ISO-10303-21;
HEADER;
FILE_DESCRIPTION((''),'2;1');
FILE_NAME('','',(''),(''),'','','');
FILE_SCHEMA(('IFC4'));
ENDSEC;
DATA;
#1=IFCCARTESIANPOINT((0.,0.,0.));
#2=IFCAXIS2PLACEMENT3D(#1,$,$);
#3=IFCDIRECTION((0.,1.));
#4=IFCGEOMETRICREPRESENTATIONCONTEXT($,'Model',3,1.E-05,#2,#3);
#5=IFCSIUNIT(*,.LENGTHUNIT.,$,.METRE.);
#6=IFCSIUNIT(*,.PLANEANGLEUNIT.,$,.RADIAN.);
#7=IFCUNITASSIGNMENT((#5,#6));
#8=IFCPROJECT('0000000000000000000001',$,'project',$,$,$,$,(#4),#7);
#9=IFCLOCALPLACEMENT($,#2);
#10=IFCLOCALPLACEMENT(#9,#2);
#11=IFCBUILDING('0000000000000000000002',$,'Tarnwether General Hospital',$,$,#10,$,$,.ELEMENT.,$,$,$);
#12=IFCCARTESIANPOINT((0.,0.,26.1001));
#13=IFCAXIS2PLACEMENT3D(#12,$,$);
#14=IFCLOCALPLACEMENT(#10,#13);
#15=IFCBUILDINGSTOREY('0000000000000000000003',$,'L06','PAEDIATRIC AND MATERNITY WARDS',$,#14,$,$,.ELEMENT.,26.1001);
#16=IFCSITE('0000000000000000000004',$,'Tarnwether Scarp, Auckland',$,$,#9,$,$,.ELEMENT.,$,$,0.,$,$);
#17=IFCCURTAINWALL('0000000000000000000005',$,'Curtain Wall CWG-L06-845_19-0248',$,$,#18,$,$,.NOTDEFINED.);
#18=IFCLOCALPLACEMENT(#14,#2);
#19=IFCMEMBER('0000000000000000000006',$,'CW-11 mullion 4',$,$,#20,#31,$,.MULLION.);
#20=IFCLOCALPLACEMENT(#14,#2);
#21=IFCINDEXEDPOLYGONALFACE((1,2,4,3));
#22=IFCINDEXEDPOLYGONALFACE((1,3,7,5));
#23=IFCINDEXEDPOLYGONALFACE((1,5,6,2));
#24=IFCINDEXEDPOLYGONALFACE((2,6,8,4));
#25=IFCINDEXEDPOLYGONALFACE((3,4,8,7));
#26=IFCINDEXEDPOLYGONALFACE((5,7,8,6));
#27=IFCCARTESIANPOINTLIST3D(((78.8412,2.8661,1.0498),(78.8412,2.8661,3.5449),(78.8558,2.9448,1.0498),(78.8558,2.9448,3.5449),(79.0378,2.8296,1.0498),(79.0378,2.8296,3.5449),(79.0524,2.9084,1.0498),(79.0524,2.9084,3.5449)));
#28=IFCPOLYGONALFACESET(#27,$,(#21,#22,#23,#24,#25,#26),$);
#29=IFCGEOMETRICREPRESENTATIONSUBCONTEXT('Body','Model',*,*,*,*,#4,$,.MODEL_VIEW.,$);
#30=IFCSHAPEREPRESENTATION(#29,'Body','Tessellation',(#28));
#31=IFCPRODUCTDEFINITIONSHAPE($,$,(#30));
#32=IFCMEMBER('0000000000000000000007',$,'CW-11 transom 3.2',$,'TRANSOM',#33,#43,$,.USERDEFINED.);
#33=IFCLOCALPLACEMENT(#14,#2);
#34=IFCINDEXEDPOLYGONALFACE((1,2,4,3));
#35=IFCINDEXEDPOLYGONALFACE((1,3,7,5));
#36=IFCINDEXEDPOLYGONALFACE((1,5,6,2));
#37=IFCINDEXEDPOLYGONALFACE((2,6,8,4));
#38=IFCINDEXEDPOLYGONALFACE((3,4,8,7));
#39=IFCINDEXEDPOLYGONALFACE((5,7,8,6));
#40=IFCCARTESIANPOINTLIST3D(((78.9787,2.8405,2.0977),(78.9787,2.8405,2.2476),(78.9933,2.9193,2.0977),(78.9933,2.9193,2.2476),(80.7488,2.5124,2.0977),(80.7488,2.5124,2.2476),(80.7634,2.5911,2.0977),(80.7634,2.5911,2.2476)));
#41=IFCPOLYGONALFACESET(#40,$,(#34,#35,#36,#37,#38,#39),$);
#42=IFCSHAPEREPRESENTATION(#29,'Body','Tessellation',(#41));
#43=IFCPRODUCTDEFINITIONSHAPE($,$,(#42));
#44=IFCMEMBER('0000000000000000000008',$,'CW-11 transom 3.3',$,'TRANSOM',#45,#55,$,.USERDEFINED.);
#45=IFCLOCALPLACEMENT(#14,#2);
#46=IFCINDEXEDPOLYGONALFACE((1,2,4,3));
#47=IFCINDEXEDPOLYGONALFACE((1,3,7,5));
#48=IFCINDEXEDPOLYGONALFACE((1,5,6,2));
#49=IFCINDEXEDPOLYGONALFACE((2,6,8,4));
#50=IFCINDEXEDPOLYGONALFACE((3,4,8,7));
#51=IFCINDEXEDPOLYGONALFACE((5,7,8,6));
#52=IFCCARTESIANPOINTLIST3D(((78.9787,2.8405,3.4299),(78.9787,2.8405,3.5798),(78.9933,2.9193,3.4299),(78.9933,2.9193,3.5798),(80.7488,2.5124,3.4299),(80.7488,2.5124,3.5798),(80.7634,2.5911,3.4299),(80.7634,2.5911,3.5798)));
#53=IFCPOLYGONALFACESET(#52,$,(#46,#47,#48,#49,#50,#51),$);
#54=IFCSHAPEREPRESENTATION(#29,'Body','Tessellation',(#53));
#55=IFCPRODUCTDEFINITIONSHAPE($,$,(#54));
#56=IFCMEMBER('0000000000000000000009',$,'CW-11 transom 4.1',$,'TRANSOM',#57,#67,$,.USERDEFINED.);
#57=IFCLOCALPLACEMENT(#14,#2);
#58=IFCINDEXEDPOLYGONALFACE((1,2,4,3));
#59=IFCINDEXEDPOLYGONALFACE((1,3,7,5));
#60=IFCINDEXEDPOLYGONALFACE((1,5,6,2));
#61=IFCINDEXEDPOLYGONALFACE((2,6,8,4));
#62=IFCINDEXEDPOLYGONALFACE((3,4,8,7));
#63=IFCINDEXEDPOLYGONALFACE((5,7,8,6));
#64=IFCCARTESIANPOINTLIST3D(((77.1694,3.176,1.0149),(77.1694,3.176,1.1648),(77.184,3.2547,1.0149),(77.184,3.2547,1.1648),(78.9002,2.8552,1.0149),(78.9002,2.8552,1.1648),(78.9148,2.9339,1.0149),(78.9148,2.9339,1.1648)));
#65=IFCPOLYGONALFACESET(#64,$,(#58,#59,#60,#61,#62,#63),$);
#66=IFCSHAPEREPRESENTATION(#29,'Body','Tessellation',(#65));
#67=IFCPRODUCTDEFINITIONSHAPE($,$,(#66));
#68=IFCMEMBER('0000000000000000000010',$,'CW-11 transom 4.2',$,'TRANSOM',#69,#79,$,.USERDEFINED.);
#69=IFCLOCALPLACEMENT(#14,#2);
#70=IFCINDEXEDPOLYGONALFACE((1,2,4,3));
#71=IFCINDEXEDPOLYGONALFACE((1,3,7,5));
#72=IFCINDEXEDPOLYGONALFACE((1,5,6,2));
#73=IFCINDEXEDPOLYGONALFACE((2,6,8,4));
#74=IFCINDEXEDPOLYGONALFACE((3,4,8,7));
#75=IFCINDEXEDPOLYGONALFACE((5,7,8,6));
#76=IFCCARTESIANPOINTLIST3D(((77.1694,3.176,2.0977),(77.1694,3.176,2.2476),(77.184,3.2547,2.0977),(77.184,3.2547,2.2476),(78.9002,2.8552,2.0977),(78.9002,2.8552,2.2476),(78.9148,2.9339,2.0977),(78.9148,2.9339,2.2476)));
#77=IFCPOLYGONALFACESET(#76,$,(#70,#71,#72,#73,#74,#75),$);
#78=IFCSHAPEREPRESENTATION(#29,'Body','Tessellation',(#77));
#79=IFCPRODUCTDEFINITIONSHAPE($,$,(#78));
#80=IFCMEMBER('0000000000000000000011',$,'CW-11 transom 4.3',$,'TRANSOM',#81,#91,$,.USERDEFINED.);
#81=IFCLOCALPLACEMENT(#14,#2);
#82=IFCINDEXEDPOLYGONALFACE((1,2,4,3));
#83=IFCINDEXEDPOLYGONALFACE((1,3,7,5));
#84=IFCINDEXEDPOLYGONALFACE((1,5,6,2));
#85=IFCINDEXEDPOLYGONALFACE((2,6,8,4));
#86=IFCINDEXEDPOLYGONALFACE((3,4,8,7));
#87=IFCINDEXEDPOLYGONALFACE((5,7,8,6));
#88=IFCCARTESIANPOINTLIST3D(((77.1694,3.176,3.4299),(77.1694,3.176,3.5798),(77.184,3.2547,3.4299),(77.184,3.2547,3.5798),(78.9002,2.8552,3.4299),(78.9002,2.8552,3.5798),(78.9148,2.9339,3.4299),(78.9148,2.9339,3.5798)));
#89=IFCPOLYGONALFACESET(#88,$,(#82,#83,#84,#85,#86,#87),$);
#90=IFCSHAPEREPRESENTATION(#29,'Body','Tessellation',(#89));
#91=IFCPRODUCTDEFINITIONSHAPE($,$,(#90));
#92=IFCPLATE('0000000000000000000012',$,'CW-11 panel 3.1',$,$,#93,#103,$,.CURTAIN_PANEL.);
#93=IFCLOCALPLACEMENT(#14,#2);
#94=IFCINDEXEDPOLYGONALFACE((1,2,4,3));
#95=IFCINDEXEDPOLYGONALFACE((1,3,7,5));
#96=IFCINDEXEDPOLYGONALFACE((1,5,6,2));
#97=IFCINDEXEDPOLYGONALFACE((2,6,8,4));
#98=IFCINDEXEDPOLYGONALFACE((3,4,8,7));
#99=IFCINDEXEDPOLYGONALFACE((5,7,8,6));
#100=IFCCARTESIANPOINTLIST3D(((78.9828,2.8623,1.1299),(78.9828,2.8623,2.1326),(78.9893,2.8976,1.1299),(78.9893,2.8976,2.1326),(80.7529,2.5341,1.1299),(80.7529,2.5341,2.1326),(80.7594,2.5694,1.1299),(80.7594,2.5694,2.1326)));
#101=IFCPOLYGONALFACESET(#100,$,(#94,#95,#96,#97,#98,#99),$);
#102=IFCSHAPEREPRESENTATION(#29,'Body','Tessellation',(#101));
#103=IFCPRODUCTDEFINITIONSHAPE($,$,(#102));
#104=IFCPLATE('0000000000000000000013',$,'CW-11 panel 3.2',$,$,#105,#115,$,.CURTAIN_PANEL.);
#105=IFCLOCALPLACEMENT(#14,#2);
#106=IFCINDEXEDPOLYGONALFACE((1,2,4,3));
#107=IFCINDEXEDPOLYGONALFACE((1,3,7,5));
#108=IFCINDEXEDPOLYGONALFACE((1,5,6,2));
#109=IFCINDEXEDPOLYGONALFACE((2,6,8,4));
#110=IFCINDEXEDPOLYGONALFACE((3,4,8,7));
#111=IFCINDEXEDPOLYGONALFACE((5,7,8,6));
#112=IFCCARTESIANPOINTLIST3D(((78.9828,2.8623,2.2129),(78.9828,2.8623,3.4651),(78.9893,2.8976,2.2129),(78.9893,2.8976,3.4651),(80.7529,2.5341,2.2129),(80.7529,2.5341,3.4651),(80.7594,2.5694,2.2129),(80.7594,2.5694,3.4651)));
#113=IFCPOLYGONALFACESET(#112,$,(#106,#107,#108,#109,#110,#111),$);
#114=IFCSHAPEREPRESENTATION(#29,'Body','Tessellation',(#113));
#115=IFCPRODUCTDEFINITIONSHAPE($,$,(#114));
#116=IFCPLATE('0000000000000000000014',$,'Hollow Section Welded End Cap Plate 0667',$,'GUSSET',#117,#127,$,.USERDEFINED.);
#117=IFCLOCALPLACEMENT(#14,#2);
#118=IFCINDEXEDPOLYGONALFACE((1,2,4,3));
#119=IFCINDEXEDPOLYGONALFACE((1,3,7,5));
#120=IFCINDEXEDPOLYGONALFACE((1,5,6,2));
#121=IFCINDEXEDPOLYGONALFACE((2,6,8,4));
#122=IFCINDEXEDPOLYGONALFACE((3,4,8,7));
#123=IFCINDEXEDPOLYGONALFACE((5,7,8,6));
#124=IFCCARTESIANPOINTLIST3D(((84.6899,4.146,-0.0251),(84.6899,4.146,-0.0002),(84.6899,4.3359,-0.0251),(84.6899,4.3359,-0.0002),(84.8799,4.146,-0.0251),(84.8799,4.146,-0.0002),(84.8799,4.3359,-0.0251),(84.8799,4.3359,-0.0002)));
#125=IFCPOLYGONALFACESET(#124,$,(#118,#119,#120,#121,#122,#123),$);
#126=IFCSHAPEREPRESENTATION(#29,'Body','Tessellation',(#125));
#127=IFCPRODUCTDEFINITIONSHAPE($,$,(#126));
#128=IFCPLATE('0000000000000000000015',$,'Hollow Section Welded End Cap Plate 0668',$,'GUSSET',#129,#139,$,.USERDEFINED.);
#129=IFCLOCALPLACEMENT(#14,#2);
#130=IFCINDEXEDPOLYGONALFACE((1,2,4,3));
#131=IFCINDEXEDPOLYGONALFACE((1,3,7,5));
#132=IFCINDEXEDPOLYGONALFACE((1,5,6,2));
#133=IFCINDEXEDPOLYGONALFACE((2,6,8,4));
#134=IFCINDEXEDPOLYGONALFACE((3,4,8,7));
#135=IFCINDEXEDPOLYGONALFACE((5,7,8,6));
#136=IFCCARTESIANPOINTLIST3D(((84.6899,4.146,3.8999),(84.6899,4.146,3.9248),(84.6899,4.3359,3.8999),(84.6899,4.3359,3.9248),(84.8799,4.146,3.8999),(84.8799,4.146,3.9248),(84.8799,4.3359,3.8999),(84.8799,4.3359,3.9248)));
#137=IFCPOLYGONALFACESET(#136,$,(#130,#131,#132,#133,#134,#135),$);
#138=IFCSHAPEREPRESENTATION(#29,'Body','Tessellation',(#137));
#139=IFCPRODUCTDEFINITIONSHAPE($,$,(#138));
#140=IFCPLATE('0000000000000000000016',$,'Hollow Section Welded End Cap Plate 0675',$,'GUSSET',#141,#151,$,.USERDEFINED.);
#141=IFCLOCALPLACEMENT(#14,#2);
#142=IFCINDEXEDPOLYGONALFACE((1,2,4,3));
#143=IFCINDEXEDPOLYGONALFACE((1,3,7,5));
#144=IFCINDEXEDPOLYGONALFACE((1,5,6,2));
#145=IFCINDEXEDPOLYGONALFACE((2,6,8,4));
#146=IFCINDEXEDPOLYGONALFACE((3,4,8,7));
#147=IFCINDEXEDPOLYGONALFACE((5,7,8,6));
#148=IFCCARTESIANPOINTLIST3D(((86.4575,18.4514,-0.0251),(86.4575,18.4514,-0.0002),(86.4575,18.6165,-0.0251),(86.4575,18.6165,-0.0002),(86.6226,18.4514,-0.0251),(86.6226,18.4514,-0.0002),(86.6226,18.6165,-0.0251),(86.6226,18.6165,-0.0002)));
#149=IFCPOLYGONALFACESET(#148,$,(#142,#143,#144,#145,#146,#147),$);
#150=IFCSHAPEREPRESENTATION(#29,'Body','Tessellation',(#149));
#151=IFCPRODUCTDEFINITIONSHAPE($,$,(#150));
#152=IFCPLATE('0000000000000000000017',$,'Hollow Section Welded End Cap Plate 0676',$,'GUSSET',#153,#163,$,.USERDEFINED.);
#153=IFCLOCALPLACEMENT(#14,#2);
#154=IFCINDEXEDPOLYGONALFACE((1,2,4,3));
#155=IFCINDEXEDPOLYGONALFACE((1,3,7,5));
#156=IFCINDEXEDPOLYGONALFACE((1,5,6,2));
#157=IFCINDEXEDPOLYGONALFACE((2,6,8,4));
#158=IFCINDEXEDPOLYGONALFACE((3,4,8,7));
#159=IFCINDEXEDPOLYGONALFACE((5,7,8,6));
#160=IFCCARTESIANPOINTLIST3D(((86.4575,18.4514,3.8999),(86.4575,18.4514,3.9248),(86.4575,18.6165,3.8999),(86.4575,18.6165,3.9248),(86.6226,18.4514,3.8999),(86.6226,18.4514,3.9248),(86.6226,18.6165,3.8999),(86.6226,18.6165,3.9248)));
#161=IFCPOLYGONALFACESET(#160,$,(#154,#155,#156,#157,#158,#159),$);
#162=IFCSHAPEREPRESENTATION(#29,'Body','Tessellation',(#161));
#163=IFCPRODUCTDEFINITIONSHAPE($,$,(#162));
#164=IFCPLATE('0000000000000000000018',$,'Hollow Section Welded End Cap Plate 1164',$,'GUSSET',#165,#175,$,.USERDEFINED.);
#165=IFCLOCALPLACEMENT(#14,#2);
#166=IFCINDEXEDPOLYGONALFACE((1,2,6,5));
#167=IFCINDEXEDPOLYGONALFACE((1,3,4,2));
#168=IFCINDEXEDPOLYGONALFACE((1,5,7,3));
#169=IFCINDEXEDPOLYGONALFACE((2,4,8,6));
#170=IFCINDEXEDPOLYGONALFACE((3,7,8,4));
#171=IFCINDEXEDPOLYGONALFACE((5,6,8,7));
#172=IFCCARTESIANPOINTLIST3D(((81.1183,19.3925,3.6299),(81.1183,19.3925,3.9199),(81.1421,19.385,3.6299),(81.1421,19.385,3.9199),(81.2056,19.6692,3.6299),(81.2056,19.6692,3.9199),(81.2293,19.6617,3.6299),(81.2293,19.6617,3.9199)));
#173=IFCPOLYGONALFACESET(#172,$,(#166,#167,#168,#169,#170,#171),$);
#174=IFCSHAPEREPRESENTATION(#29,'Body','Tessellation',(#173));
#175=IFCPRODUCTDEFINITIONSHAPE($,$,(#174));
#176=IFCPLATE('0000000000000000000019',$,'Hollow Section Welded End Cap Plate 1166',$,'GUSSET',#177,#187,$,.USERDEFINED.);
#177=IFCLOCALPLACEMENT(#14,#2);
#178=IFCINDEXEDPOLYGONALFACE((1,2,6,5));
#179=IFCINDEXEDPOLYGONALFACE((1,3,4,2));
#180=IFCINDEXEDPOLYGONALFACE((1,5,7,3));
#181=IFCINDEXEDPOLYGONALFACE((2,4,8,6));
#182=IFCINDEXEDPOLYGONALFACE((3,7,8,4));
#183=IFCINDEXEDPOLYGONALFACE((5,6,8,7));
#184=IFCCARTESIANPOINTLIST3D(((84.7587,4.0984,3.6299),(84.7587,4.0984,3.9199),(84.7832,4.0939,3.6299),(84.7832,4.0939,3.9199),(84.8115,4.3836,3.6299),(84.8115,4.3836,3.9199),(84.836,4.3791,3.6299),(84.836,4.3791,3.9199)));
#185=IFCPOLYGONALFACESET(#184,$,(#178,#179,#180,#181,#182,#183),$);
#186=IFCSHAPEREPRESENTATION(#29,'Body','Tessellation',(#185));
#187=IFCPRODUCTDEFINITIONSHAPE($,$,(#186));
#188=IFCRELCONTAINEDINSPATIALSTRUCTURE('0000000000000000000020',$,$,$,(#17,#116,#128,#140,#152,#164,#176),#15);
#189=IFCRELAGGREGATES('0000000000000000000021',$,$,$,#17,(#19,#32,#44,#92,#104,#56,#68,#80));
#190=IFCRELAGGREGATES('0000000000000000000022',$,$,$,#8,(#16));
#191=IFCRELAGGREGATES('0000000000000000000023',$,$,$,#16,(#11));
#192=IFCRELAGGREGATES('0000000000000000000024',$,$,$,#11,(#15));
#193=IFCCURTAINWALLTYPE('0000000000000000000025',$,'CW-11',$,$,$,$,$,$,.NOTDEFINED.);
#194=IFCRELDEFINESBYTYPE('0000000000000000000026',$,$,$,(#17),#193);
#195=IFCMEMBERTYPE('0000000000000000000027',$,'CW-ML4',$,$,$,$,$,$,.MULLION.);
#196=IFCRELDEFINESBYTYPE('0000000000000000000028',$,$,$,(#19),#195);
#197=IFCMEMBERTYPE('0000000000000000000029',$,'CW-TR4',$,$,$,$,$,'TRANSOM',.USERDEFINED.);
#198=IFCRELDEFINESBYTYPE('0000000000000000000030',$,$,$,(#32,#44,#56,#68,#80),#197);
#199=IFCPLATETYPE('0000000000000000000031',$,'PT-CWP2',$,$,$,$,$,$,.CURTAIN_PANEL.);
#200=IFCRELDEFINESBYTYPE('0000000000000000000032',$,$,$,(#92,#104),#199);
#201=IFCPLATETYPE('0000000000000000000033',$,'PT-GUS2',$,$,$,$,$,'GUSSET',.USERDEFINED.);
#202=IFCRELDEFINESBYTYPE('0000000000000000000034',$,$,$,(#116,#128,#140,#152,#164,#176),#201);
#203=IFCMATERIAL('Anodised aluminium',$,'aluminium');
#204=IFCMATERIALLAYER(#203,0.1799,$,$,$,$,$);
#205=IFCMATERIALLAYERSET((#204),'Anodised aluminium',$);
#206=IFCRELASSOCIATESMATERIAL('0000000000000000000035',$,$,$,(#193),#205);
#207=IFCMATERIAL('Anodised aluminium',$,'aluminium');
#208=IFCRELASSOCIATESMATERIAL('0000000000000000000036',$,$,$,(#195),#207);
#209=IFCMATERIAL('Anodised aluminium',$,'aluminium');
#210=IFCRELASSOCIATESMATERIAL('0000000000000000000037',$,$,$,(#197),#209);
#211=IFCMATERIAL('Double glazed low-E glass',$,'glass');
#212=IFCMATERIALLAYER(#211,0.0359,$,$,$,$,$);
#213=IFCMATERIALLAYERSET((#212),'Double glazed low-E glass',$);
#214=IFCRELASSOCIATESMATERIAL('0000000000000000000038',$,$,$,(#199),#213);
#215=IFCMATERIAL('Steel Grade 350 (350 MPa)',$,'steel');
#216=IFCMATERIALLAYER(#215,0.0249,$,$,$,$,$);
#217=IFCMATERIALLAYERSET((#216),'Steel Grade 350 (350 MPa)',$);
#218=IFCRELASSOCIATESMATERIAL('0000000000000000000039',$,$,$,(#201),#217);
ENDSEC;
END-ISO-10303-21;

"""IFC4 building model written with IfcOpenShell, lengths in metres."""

from ifc_helpers import new_model, si_unit, direction, frame, origin, origin_2d, place, context, subcontext, project, spatial, rectangle, extrude, material, layer, layer_set, material_profile, profile_set, type_object, element, aggregate, save


model = new_model("IFC4")

# Units and contexts
model_context = context("Model", 3, precision=1e-05, world=origin(), true_north=direction((0.0, 1.0)))
body_context = subcontext(model_context, "Body", "Model", "MODEL_VIEW")
ifc_project = project(units=[si_unit("LENGTHUNIT", "METRE"), si_unit("PLANEANGLEUNIT", "RADIAN")], contexts=[model_context])

# Site, building, storey
site_placement = place(None, origin())
site = spatial("IfcSite", under=ifc_project, at=site_placement, Name="Tarnwether Scarp, Auckland", CompositionType="ELEMENT", RefElevation=0.0)
building_placement = place(site_placement, origin())
building = spatial("IfcBuilding", under=site, at=building_placement, Name="Tarnwether General Hospital", CompositionType="ELEMENT")
storey_placement = place(building_placement, frame((0.0, 0.0, 26.1001)))
storey = spatial("IfcBuildingStorey", under=building, at=storey_placement, Name="L06", Description="PAEDIATRIC AND MATERNITY WARDS", CompositionType="ELEMENT", Elevation=26.1001)

# Curtain wall, members, plates
ifc_material_1 = material(Name="Anodised aluminium", Category="aluminium")
ifc_layer_1 = layer(ifc_material_1, 0.1799)
ifc_layer_set_1 = layer_set([ifc_layer_1], Name="Anodised aluminium")
curtain_wall_type = type_object("IfcCurtainWallType", Name="CW-11", PredefinedType="NOTDEFINED", material=ifc_layer_set_1)
curtain_wall_placement = place(storey_placement, origin())
curtain_wall = element("IfcCurtainWall", 1, at=curtain_wall_placement, inside=storey, type_object=curtain_wall_type, Name="Curtain Wall CWG-L06-845_19-0248", PredefinedType="NOTDEFINED")
ifc_material_2 = material(Name="Anodised aluminium", Category="aluminium")
ifc_material_profile_1 = material_profile(ifc_material_2, rectangle(XDim=0.0801, YDim=0.2, at=origin_2d()), Name="ALU-MUL-80x200")
ifc_profile_set_1 = profile_set([ifc_material_profile_1], Name="Anodised aluminium")
member_type_1 = type_object("IfcMemberType", Name="CW-ML4", PredefinedType="MULLION", material=ifc_profile_set_1)
member_1_placement = place(storey_placement, frame((78.9468, 2.8872, 1.0498), z_axis=(0.0, 0.0, 1.0), x_axis=(-0.182289, -0.983245, 0.0)))
member_1 = element("IfcMember", 2, at=member_1_placement, type_object=member_type_1, Name="CW-11 mullion 4", PredefinedType="MULLION", context=body_context, shape_type="SweptSolid", body=[
    extrude(rectangle(XDim=0.0801, YDim=0.2, at=origin_2d()), origin(), (0.0, 0.0, 1.0), 2.4951),
])
ifc_material_3 = material(Name="Anodised aluminium", Category="aluminium")
ifc_material_profile_2 = material_profile(ifc_material_3, rectangle(XDim=0.0801, YDim=0.1499, at=origin_2d()), Name="ALU-TRN-80x150")
ifc_profile_set_2 = profile_set([ifc_material_profile_2], Name="Anodised aluminium")
member_type_2 = type_object("IfcMemberType", Name="CW-TR4", ElementType="TRANSOM", PredefinedType="USERDEFINED", material=ifc_profile_set_2)
member_2_placement = place(storey_placement, frame((80.7561, 2.5518, 2.1726), z_axis=(-0.983248, 0.182274, 0.0), x_axis=(-0.182274, -0.983248, 0.0)))
member_2 = element("IfcMember", 3, at=member_2_placement, type_object=member_type_2, Name="CW-11 transom 3.2", ObjectType="TRANSOM", PredefinedType="USERDEFINED", context=body_context, shape_type="SweptSolid", body=[
    extrude(rectangle(XDim=0.0801, YDim=0.1499, at=origin_2d()), origin(), (0.0, 0.0, 1.0), 1.8003),
])
member_3_placement = place(storey_placement, frame((80.7561, 2.5518, 3.5049), z_axis=(-0.983248, 0.182274, 0.0), x_axis=(-0.182274, -0.983248, 0.0)))
member_3 = element("IfcMember", 4, at=member_3_placement, type_object=member_type_2, Name="CW-11 transom 3.3", ObjectType="TRANSOM", PredefinedType="USERDEFINED", context=body_context, shape_type="SweptSolid", body=[
    extrude(rectangle(XDim=0.0801, YDim=0.1499, at=origin_2d()), origin(), (0.0, 0.0, 1.0), 1.8003),
])
member_4_placement = place(storey_placement, frame((78.9075, 2.8945, 1.0898), z_axis=(-0.983252, 0.182253, 0.0), x_axis=(-0.182253, -0.983252, 0.0)))
member_4 = element("IfcMember", 5, at=member_4_placement, type_object=member_type_2, Name="CW-11 transom 4.1", ObjectType="TRANSOM", PredefinedType="USERDEFINED", context=body_context, shape_type="SweptSolid", body=[
    extrude(rectangle(XDim=0.0801, YDim=0.1499, at=origin_2d()), origin(), (0.0, 0.0, 1.0), 1.7603),
])
member_5_placement = place(storey_placement, frame((78.9075, 2.8945, 2.1726), z_axis=(-0.983252, 0.182253, 0.0), x_axis=(-0.182253, -0.983252, 0.0)))
member_5 = element("IfcMember", 6, at=member_5_placement, type_object=member_type_2, Name="CW-11 transom 4.2", ObjectType="TRANSOM", PredefinedType="USERDEFINED", context=body_context, shape_type="SweptSolid", body=[
    extrude(rectangle(XDim=0.0801, YDim=0.1499, at=origin_2d()), origin(), (0.0, 0.0, 1.0), 1.7603),
])
member_6_placement = place(storey_placement, frame((78.9075, 2.8945, 3.5049), z_axis=(-0.983252, 0.182253, 0.0), x_axis=(-0.182253, -0.983252, 0.0)))
member_6 = element("IfcMember", 7, at=member_6_placement, type_object=member_type_2, Name="CW-11 transom 4.3", ObjectType="TRANSOM", PredefinedType="USERDEFINED", context=body_context, shape_type="SweptSolid", body=[
    extrude(rectangle(XDim=0.0801, YDim=0.1499, at=origin_2d()), origin(), (0.0, 0.0, 1.0), 1.7603),
])
ifc_material_4 = material(Name="Double glazed low-E glass", Category="glass")
ifc_layer_2 = layer(ifc_material_4, 0.0359)
ifc_layer_set_2 = layer_set([ifc_layer_2], Name="Double glazed low-E glass")
plate_type_1 = type_object("IfcPlateType", Name="PT-CWP2", PredefinedType="CURTAIN_PANEL", material=ifc_layer_set_2)
plate_1_placement = place(storey_placement, frame((79.8711, 2.7158, 1.1299), z_axis=(0.0, 0.0, 1.0), x_axis=(-0.983245, 0.182289, 0.0)))
plate_1 = element("IfcPlate", 8, at=plate_1_placement, type_object=plate_type_1, Name="CW-11 panel 3.1", PredefinedType="CURTAIN_PANEL", context=body_context, shape_type="SweptSolid", body=[
    extrude(rectangle(XDim=1.8003, YDim=0.0359, at=origin_2d()), origin(), (0.0, 0.0, 1.0), 1.0027),
])
plate_2_placement = place(storey_placement, frame((79.8711, 2.7158, 2.2129), z_axis=(0.0, 0.0, 1.0), x_axis=(-0.983245, 0.182289, 0.0)))
plate_2 = element("IfcPlate", 9, at=plate_2_placement, type_object=plate_type_1, Name="CW-11 panel 3.2", PredefinedType="CURTAIN_PANEL", context=body_context, shape_type="SweptSolid", body=[
    extrude(rectangle(XDim=1.8003, YDim=0.0359, at=origin_2d()), origin(), (0.0, 0.0, 1.0), 1.2522),
])
aggregate(curtain_wall, [member_1, member_2, member_3, plate_1, plate_2, member_4, member_5, member_6])

# Plates
ifc_material_5 = material(Name="Steel Grade 350 (350 MPa)", Category="steel")
ifc_layer_3 = layer(ifc_material_5, 0.0249)
ifc_layer_set_3 = layer_set([ifc_layer_3], Name="Steel Grade 350 (350 MPa)")
plate_type_2 = type_object("IfcPlateType", Name="PT-GUS2", ElementType="GUSSET", PredefinedType="USERDEFINED", material=ifc_layer_set_3)
for number, where, z_axis, x_axis, name in (
    (10, (84.7849, 4.241, -0.0251), (0.0, 0.0, 1.0), (1.0, 0.0, 0.0), "Hollow Section Welded End Cap Plate 0667"),
    (11, (84.7849, 4.241, 3.8999), (0.0, 0.0, 1.0), (1.0, 0.0, 0.0), "Hollow Section Welded End Cap Plate 0668"),
):
    element("IfcPlate", number, at=place(storey_placement, frame(where, z_axis=z_axis, x_axis=x_axis)), inside=storey, type_object=plate_type_2, Name=name, ObjectType="GUSSET", PredefinedType="USERDEFINED", context=body_context, shape_type="SweptSolid", body=[
        extrude(rectangle(XDim=0.1899, YDim=0.1899, at=origin_2d()), origin(), (0.0, 0.0, 1.0), 0.0249),
    ])
for number, where, z_axis, x_axis, name in (
    (12, (86.54, 18.5339, -0.0251), (0.0, 0.0, 1.0), (1.0, 0.0, 0.0), "Hollow Section Welded End Cap Plate 0675"),
    (13, (86.54, 18.5339, 3.8999), (0.0, 0.0, 1.0), (1.0, 0.0, 0.0), "Hollow Section Welded End Cap Plate 0676"),
):
    element("IfcPlate", number, at=place(storey_placement, frame(where, z_axis=z_axis, x_axis=x_axis)), inside=storey, type_object=plate_type_2, Name=name, ObjectType="GUSSET", PredefinedType="USERDEFINED", context=body_context, shape_type="SweptSolid", body=[
        extrude(rectangle(XDim=0.165, YDim=0.165, at=origin_2d()), origin(), (0.0, 0.0, 1.0), 0.0249),
    ])
for number, where, z_axis, x_axis, name in (
    (14, (81.1738, 19.5271, 3.6299), (0.0, 0.0, 1.0), (0.953712, -0.300722, 0.0), "Hollow Section Welded End Cap Plate 1164"),
    (15, (84.7974, 4.2388, 3.6299), (0.0, 0.0, 1.0), (0.983261, -0.182201, 0.0), "Hollow Section Welded End Cap Plate 1166"),
):
    element("IfcPlate", number, at=place(storey_placement, frame(where, z_axis=z_axis, x_axis=x_axis)), inside=storey, type_object=plate_type_2, Name=name, ObjectType="GUSSET", PredefinedType="USERDEFINED", context=body_context, shape_type="SweptSolid", body=[
        extrude(rectangle(XDim=0.0249, YDim=0.29, at=origin_2d()), origin(), (0.0, 0.0, 1.0), 0.29),
    ])

save(model, "model.ifc")
